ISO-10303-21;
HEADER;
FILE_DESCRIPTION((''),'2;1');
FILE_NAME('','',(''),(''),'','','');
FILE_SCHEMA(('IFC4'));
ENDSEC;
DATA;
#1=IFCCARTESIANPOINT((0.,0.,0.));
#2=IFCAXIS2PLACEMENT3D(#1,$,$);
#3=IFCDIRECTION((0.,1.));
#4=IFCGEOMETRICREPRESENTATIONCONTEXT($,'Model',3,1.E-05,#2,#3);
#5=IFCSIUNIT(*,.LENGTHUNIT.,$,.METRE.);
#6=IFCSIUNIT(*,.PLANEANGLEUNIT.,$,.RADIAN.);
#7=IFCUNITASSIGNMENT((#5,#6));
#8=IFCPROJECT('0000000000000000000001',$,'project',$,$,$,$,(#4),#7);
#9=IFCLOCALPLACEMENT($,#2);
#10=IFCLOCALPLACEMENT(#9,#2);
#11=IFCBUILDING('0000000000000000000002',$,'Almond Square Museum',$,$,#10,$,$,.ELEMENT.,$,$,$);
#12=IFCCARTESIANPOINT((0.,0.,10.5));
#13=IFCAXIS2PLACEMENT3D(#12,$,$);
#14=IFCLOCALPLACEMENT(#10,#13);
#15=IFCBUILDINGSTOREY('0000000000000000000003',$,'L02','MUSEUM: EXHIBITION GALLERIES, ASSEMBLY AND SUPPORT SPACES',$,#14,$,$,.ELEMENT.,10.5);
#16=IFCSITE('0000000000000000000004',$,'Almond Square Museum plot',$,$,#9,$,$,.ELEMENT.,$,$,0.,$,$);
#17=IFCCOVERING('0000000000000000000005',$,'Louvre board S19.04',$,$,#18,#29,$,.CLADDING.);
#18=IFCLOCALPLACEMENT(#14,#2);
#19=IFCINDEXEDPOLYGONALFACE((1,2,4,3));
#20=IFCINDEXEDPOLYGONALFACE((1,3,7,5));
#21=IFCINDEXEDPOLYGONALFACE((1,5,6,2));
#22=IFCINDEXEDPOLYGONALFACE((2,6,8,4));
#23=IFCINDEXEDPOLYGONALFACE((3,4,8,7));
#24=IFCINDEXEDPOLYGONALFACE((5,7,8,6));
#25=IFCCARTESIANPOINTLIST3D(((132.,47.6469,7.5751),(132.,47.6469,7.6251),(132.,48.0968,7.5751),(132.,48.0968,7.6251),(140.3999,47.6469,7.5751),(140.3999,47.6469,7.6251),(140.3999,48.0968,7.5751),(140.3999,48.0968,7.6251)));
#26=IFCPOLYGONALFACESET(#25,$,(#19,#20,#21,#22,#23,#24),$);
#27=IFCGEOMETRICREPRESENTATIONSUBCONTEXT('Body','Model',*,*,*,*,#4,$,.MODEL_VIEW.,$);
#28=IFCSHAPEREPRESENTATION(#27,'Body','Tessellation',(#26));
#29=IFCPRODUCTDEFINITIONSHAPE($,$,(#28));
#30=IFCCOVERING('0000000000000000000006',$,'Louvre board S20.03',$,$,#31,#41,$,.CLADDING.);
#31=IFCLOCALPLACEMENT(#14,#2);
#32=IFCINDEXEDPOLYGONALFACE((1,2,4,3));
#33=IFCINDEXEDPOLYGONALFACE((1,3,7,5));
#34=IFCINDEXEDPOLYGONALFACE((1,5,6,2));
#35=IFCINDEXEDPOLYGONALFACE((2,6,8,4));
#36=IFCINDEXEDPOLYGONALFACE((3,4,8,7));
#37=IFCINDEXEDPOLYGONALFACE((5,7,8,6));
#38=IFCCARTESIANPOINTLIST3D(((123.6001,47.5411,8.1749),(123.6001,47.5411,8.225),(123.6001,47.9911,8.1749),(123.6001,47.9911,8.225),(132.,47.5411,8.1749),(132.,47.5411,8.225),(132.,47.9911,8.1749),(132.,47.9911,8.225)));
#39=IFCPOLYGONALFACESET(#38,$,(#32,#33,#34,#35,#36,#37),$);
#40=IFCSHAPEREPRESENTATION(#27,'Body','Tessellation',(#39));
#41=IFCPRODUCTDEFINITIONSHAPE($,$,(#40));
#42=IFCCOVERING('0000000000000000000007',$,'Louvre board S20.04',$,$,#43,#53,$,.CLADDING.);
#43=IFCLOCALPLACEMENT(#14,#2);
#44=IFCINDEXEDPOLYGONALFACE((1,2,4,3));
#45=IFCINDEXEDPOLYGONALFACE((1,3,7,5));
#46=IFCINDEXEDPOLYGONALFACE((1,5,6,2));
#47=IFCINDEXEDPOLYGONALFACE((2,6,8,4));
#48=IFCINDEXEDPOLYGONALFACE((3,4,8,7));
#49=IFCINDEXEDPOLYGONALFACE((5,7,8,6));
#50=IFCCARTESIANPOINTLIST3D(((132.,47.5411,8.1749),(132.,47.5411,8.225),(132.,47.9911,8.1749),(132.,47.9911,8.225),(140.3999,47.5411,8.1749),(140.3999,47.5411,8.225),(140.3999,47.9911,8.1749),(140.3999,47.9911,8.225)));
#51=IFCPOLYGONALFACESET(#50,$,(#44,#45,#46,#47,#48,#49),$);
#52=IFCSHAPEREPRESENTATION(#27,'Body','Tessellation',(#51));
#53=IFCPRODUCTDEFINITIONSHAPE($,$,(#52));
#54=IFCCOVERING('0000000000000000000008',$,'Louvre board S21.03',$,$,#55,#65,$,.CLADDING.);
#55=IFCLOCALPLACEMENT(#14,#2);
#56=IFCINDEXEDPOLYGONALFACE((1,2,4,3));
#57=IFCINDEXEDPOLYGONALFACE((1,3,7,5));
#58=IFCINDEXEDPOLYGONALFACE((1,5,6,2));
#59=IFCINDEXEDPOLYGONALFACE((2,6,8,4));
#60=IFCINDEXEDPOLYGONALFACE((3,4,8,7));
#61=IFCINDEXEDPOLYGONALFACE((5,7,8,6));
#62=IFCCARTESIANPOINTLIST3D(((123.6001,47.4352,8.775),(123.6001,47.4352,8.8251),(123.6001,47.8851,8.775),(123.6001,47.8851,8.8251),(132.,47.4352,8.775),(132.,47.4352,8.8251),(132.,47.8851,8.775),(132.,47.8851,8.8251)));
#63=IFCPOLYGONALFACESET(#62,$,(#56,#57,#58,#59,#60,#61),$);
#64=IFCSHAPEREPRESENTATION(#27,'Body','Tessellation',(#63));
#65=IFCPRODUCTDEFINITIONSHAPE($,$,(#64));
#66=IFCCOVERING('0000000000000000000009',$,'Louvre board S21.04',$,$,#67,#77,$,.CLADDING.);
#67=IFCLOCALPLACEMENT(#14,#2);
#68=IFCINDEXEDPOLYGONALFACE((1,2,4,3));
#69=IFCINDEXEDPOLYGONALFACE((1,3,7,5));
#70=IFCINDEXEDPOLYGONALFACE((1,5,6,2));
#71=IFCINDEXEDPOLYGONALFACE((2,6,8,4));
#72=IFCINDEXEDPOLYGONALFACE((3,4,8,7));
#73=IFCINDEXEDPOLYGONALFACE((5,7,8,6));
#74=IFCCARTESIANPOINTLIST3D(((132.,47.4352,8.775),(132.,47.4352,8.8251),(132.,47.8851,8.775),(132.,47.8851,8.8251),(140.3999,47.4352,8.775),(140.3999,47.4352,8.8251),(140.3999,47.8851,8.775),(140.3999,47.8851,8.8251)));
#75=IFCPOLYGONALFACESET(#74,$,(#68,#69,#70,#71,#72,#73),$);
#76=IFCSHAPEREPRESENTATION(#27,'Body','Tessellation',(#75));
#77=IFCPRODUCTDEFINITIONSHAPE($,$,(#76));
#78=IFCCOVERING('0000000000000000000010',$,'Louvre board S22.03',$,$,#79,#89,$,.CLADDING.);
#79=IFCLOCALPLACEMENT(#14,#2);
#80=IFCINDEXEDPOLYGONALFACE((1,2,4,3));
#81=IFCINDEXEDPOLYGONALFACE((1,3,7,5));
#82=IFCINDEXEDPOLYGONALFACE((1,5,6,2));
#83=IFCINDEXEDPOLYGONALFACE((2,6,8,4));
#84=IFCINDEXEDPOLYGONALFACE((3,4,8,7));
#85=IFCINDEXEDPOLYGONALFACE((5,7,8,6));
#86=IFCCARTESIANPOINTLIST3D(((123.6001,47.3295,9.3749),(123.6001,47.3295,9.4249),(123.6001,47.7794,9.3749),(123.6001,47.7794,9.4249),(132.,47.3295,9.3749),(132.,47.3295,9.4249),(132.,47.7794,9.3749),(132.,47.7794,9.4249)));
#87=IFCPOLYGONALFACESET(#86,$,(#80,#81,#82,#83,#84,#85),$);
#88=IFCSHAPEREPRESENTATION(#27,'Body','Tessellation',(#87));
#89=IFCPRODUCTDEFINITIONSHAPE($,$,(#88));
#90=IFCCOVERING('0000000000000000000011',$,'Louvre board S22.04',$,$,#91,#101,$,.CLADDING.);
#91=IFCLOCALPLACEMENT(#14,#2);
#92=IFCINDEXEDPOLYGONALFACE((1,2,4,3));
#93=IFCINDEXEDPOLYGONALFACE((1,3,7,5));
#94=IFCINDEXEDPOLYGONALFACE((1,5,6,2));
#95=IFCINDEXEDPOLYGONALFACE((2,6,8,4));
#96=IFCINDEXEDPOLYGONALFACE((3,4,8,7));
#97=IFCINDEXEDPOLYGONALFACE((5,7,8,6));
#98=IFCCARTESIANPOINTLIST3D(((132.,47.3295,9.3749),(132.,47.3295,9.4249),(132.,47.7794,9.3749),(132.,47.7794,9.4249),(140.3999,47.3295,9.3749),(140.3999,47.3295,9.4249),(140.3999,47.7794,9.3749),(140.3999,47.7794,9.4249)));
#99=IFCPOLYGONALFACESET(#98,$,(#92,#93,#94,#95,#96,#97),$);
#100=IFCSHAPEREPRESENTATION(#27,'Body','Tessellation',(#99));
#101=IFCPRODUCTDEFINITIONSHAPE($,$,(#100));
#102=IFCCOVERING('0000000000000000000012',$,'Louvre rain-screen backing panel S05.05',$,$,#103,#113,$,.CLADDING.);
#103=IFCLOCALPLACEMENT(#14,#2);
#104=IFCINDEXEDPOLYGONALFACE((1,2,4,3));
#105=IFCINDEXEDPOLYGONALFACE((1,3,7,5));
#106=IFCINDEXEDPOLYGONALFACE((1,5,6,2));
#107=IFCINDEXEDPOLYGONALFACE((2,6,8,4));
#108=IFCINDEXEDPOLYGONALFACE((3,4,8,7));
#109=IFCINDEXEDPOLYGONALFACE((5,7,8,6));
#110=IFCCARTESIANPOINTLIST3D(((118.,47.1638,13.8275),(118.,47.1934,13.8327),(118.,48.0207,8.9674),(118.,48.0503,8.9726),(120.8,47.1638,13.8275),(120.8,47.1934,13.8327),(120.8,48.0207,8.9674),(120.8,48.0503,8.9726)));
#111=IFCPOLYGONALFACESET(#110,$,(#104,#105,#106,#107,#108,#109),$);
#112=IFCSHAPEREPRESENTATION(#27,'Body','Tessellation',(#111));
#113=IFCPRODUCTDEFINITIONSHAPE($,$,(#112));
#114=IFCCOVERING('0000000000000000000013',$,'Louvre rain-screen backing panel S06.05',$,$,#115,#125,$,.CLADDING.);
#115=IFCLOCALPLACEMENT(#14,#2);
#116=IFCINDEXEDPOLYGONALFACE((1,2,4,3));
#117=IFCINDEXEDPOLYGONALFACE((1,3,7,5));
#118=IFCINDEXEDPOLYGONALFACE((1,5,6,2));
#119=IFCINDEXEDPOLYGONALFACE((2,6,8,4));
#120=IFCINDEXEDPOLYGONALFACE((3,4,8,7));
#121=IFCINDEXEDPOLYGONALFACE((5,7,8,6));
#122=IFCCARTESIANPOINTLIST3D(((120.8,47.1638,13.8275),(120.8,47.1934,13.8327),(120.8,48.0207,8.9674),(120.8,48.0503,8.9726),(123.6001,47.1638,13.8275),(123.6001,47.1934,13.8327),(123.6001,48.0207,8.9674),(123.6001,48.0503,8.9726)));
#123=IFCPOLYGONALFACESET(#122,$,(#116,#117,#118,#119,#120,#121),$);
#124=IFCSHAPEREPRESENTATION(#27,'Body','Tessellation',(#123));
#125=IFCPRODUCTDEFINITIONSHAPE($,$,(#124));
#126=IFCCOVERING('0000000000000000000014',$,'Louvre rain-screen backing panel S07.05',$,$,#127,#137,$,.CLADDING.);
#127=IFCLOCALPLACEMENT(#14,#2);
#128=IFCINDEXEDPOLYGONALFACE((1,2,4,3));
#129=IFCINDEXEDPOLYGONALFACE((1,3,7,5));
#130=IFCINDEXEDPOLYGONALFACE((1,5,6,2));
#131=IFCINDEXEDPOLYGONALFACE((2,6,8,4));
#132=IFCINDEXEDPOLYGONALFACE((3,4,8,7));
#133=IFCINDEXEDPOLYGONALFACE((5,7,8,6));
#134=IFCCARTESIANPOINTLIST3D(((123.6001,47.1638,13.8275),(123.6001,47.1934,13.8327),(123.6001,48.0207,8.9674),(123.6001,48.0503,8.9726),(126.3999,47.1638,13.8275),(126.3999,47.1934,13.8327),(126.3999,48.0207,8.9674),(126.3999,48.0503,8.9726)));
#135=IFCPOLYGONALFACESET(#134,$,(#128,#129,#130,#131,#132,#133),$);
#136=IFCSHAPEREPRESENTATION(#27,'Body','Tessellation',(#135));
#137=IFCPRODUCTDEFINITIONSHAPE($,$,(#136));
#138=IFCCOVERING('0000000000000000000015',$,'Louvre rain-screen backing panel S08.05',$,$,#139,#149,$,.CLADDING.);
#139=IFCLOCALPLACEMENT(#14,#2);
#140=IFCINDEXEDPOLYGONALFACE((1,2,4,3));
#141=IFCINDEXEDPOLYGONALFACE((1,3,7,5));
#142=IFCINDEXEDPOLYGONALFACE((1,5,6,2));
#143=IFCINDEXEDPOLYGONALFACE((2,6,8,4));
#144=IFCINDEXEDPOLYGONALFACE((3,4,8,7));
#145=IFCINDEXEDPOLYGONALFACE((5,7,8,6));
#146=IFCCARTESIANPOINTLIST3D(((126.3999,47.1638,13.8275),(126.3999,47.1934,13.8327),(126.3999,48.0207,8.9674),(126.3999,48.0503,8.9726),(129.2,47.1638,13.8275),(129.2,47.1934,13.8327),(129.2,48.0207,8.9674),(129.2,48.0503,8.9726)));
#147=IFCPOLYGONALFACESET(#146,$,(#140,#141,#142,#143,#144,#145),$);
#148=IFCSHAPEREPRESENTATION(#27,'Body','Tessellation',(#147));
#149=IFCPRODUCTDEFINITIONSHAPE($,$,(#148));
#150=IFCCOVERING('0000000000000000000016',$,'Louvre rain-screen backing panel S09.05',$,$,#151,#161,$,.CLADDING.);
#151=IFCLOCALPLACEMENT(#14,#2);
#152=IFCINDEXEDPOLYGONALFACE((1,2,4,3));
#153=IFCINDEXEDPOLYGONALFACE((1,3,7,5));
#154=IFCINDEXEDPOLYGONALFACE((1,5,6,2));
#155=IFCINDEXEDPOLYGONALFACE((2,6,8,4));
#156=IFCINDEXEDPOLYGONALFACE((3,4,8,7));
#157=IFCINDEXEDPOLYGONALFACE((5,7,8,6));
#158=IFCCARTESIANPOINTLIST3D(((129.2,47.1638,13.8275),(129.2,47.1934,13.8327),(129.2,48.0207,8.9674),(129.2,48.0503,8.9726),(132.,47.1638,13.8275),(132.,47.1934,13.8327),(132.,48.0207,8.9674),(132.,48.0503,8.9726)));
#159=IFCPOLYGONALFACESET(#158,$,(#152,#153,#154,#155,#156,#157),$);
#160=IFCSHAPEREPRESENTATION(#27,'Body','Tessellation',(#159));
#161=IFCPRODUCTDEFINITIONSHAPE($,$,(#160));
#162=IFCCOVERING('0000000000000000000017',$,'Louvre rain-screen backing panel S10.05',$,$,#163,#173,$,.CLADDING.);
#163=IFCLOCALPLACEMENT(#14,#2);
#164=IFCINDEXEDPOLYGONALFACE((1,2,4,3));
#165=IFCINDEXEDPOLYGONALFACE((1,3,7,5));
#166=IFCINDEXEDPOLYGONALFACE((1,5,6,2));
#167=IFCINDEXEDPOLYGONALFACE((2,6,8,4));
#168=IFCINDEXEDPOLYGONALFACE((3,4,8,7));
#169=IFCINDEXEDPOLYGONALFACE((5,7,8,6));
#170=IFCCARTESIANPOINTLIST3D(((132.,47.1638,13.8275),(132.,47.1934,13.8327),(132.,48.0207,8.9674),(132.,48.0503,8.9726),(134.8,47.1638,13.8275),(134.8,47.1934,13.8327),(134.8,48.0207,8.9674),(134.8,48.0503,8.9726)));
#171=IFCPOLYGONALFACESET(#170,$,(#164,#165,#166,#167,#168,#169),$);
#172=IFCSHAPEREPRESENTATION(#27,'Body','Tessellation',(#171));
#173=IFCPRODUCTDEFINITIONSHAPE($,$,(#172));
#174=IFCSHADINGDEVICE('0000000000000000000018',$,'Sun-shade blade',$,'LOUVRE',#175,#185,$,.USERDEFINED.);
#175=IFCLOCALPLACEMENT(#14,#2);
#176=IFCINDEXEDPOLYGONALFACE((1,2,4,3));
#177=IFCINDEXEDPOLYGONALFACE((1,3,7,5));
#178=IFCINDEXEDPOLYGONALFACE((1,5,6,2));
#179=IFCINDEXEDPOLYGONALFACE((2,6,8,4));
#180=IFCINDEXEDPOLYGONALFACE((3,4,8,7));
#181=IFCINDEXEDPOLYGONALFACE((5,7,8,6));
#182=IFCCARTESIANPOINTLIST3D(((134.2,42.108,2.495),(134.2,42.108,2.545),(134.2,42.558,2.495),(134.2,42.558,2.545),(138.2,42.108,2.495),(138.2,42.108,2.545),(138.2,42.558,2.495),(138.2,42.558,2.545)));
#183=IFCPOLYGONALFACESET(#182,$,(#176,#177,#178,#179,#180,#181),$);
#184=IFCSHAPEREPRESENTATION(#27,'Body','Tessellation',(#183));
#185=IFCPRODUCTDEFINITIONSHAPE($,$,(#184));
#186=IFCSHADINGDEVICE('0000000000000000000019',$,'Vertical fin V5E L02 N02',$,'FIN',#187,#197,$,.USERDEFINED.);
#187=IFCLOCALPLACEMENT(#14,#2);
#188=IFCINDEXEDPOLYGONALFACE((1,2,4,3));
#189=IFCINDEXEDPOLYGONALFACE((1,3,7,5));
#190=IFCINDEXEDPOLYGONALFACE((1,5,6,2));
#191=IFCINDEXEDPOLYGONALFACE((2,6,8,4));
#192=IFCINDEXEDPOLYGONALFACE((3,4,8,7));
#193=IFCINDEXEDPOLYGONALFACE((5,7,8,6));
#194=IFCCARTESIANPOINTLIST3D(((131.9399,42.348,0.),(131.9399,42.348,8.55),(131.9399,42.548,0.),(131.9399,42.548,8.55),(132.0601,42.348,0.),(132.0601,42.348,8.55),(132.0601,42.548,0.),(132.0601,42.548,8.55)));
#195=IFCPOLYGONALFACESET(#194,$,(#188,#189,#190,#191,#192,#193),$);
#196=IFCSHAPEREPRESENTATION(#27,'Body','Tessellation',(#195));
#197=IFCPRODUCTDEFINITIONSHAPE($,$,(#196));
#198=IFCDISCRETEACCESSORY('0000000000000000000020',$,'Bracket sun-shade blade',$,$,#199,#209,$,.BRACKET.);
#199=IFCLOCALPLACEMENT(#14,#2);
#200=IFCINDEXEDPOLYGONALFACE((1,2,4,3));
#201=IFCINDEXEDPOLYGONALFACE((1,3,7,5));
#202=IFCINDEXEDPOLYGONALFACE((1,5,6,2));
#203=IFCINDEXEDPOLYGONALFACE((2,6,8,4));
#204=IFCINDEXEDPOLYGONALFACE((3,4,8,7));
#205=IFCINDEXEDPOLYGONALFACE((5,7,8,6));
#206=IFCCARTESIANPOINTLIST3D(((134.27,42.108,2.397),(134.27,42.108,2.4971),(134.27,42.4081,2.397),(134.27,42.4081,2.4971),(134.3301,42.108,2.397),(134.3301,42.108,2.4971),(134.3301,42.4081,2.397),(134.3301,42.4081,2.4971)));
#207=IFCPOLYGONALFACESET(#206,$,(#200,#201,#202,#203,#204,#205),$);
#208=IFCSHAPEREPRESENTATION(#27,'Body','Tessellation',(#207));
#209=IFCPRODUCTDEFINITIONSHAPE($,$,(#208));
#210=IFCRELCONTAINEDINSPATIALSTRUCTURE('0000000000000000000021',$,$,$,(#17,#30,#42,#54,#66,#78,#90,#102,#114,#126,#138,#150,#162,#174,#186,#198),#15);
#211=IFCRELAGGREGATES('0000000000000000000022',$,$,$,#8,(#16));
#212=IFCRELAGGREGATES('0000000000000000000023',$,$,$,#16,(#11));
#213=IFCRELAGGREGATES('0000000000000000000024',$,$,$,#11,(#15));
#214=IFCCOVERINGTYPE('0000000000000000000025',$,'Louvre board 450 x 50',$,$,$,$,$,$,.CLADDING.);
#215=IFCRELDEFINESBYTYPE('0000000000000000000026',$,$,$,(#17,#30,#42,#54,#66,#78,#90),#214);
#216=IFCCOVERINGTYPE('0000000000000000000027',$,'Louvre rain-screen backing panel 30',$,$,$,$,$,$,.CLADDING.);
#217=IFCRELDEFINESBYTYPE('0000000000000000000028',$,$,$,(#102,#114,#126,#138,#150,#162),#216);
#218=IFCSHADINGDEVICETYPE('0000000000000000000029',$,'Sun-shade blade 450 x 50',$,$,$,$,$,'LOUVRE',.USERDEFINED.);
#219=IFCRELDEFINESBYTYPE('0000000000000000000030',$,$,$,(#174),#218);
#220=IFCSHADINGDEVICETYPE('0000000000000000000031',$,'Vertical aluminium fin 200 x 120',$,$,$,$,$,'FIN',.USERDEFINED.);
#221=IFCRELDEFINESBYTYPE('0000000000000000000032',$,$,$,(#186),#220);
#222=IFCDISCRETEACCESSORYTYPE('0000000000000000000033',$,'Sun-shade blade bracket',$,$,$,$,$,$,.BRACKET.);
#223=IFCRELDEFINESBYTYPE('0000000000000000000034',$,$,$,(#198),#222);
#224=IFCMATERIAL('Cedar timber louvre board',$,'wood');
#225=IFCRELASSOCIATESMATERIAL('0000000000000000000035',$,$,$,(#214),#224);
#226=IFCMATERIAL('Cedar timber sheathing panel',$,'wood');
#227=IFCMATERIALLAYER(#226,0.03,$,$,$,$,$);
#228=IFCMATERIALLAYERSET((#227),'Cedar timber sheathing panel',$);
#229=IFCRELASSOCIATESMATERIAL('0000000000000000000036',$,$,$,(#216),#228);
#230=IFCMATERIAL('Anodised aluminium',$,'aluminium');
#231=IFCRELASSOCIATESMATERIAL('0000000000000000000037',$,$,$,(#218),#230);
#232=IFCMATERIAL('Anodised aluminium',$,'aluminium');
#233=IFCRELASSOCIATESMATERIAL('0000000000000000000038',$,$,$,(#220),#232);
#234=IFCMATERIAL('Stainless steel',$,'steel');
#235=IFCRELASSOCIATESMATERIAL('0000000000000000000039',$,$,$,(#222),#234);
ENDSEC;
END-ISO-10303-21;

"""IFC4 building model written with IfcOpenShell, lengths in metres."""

from ifc_helpers import new_model, si_unit, direction, frame, origin, origin_2d, place, context, subcontext, project, spatial, polyline, rectangle, outline, extrude, material, layer, layer_set, material_profile, profile_set, type_object, element, save


model = new_model("IFC4")

# Units and contexts
model_context = context("Model", 3, precision=1e-05, world=origin(), true_north=direction((0.0, 1.0)))
body_context = subcontext(model_context, "Body", "Model", "MODEL_VIEW")
ifc_project = project(units=[si_unit("LENGTHUNIT", "METRE"), si_unit("PLANEANGLEUNIT", "RADIAN")], contexts=[model_context])

# Site, building, storey
site_placement = place(None, origin())
site = spatial("IfcSite", under=ifc_project, at=site_placement, Name="Almond Square Museum plot", CompositionType="ELEMENT", RefElevation=0.0)
building_placement = place(site_placement, origin())
building = spatial("IfcBuilding", under=site, at=building_placement, Name="Almond Square Museum", CompositionType="ELEMENT")
storey_placement = place(building_placement, frame((0.0, 0.0, 10.5)))
storey = spatial("IfcBuildingStorey", under=building, at=storey_placement, Name="L02", Description="MUSEUM: EXHIBITION GALLERIES, ASSEMBLY AND SUPPORT SPACES", CompositionType="ELEMENT", Elevation=10.5)

# Coverings
ifc_material_1 = material(Name="Cedar timber louvre board", Category="wood")
ifc_material_profile_1 = material_profile(ifc_material_1, rectangle(XDim=0.45, YDim=0.05, at=origin_2d()))
ifc_profile_set_1 = profile_set([ifc_material_profile_1], Name="Cedar timber louvre board")
covering_type_1 = type_object("IfcCoveringType", Name="Louvre board 450 x 50", PredefinedType="CLADDING", material=ifc_profile_set_1)
for number, where, z_axis, x_axis, name in (
    (1, (132.0, 47.8718, 7.6001), (1.0, 0.0, 0.0), (0.0, 1.0, 0.0), "Louvre board S19.04"),
    (2, (123.6001, 47.7661, 8.2), (1.0, 0.0, 0.0), (0.0, 1.0, 0.0), "Louvre board S20.03"),
    (3, (132.0, 47.7661, 8.2), (1.0, 0.0, 0.0), (0.0, 1.0, 0.0), "Louvre board S20.04"),
    (4, (123.6001, 47.6602, 8.8), (1.0, 0.0, 0.0), (0.0, 1.0, 0.0), "Louvre board S21.03"),
    (5, (132.0, 47.6602, 8.8), (1.0, 0.0, 0.0), (0.0, 1.0, 0.0), "Louvre board S21.04"),
    (6, (123.6001, 47.5544, 9.3999), (1.0, 0.0, 0.0), (0.0, 1.0, 0.0), "Louvre board S22.03"),
    (7, (132.0, 47.5544, 9.3999), (1.0, 0.0, 0.0), (0.0, 1.0, 0.0), "Louvre board S22.04"),
):
    element("IfcCovering", number, at=place(storey_placement, frame(where, z_axis=z_axis, x_axis=x_axis)), inside=storey, type_object=covering_type_1, Name=name, PredefinedType="CLADDING", context=body_context, shape_type="SweptSolid", body=[
        extrude(rectangle(XDim=0.45, YDim=0.05, at=origin_2d()), origin(), (0.0, 0.0, 1.0), 8.3999),
    ])
ifc_material_2 = material(Name="Cedar timber sheathing panel", Category="wood")
ifc_layer_1 = layer(ifc_material_2, 0.03)
ifc_layer_set_1 = layer_set([ifc_layer_1], Name="Cedar timber sheathing panel")
covering_type_2 = type_object("IfcCoveringType", Name="Louvre rain-screen backing panel 30", PredefinedType="CLADDING", material=ifc_layer_set_1)
for number, where, z_axis, x_axis, name in (
    (8, (118.0, 48.0354, 8.97), (0.0, -0.984809, -0.173641), (1.0, 0.0, 0.0), "Louvre rain-screen backing panel S05.05"),
    (9, (120.8, 48.0354, 8.97), (0.0, -0.984809, -0.173641), (1.0, 0.0, 0.0), "Louvre rain-screen backing panel S06.05"),
):
    element("IfcCovering", number, at=place(storey_placement, frame(where, z_axis=z_axis, x_axis=x_axis)), inside=storey, type_object=covering_type_2, Name=name, PredefinedType="CLADDING", context=body_context, shape_type="SweptSolid", body=[
        extrude(outline(polyline([(0.0, 0.0), (2.8, 0.0), (2.8, 4.9351), (0.0, 4.9351), (0.0, 0.0)])), frame((0.0, 0.0, -0.0151)), (0.0, 0.0, 1.0), 0.03),
    ])
covering_placement = place(storey_placement, frame((123.6001, 48.0354, 8.97), z_axis=(0.0, -0.984809, -0.173641), x_axis=(1.0, 0.0, 0.0)))
element("IfcCovering", 10, at=covering_placement, inside=storey, type_object=covering_type_2, Name="Louvre rain-screen backing panel S07.05", PredefinedType="CLADDING", context=body_context, shape_type="SweptSolid", body=[
    extrude(outline(polyline([(0.0, 0.0), (2.7998, 0.0), (2.7998, 4.9351), (0.0, 4.9351), (0.0, 0.0)])), frame((0.0, 0.0, -0.0151)), (0.0, 0.0, 1.0), 0.03),
])
for number, where, z_axis, x_axis, name in (
    (11, (126.3999, 48.0354, 8.97), (0.0, -0.984809, -0.173641), (1.0, 0.0, 0.0), "Louvre rain-screen backing panel S08.05"),
    (12, (129.2, 48.0354, 8.97), (0.0, -0.984809, -0.173641), (1.0, 0.0, 0.0), "Louvre rain-screen backing panel S09.05"),
    (13, (132.0, 48.0354, 8.97), (0.0, -0.984809, -0.173641), (1.0, 0.0, 0.0), "Louvre rain-screen backing panel S10.05"),
):
    element("IfcCovering", number, at=place(storey_placement, frame(where, z_axis=z_axis, x_axis=x_axis)), inside=storey, type_object=covering_type_2, Name=name, PredefinedType="CLADDING", context=body_context, shape_type="SweptSolid", body=[
        extrude(outline(polyline([(0.0, 0.0), (2.8, 0.0), (2.8, 4.9351), (0.0, 4.9351), (0.0, 0.0)])), frame((0.0, 0.0, -0.0151)), (0.0, 0.0, 1.0), 0.03),
    ])

# Shading devices
ifc_material_3 = material(Name="Anodised aluminium", Category="aluminium")
ifc_material_profile_2 = material_profile(ifc_material_3, rectangle(XDim=0.45, YDim=0.05, at=origin_2d()))
ifc_profile_set_2 = profile_set([ifc_material_profile_2], Name="Anodised aluminium")
shading_device_type_1 = type_object("IfcShadingDeviceType", Name="Sun-shade blade 450 x 50", ElementType="LOUVRE", PredefinedType="USERDEFINED", material=ifc_profile_set_2)
shading_device_1_placement = place(storey_placement, frame((134.2, 42.333, 2.52), z_axis=(1.0, 0.0, 0.0), x_axis=(0.0, 1.0, 0.0)))
element("IfcShadingDevice", 14, at=shading_device_1_placement, inside=storey, type_object=shading_device_type_1, Name="Sun-shade blade", ObjectType="LOUVRE", PredefinedType="USERDEFINED", context=body_context, shape_type="SweptSolid", body=[
    extrude(rectangle(XDim=0.45, YDim=0.05, at=origin_2d()), origin(), (0.0, 0.0, 1.0), 4.0),
])
ifc_material_4 = material(Name="Anodised aluminium", Category="aluminium")
ifc_material_profile_3 = material_profile(ifc_material_4, rectangle(XDim=0.2, YDim=0.1201, at=origin_2d()))
ifc_profile_set_3 = profile_set([ifc_material_profile_3], Name="Anodised aluminium")
shading_device_type_2 = type_object("IfcShadingDeviceType", Name="Vertical aluminium fin 200 x 120", ElementType="FIN", PredefinedType="USERDEFINED", material=ifc_profile_set_3)
shading_device_2_placement = place(storey_placement, frame((132.0, 42.448, 0.0), z_axis=(0.0, 0.0, 1.0), x_axis=(0.0, 1.0, 0.0)))
element("IfcShadingDevice", 15, at=shading_device_2_placement, inside=storey, type_object=shading_device_type_2, Name="Vertical fin V5E L02 N02", ObjectType="FIN", PredefinedType="USERDEFINED", context=body_context, shape_type="SweptSolid", body=[
    extrude(rectangle(XDim=0.2, YDim=0.1201, at=origin_2d()), origin(), (0.0, 0.0, 1.0), 8.55),
])

# Discrete accessory
ifc_material_5 = material(Name="Stainless steel", Category="steel")
discrete_accessory_type = type_object("IfcDiscreteAccessoryType", Name="Sun-shade blade bracket", PredefinedType="BRACKET", material=ifc_material_5)
discrete_accessory_placement = place(storey_placement, frame((134.3, 42.2581, 2.397), z_axis=(0.0, 0.0, 1.0), x_axis=(1.0, 0.0, 0.0)))
element("IfcDiscreteAccessory", 16, at=discrete_accessory_placement, inside=storey, type_object=discrete_accessory_type, Name="Bracket sun-shade blade", PredefinedType="BRACKET", context=body_context, shape_type="SweptSolid", body=[
    extrude(rectangle(XDim=0.0601, YDim=0.3, at=origin_2d()), origin(), (0.0, 0.0, 1.0), 0.1001),
])

save(model, "model.ifc")
